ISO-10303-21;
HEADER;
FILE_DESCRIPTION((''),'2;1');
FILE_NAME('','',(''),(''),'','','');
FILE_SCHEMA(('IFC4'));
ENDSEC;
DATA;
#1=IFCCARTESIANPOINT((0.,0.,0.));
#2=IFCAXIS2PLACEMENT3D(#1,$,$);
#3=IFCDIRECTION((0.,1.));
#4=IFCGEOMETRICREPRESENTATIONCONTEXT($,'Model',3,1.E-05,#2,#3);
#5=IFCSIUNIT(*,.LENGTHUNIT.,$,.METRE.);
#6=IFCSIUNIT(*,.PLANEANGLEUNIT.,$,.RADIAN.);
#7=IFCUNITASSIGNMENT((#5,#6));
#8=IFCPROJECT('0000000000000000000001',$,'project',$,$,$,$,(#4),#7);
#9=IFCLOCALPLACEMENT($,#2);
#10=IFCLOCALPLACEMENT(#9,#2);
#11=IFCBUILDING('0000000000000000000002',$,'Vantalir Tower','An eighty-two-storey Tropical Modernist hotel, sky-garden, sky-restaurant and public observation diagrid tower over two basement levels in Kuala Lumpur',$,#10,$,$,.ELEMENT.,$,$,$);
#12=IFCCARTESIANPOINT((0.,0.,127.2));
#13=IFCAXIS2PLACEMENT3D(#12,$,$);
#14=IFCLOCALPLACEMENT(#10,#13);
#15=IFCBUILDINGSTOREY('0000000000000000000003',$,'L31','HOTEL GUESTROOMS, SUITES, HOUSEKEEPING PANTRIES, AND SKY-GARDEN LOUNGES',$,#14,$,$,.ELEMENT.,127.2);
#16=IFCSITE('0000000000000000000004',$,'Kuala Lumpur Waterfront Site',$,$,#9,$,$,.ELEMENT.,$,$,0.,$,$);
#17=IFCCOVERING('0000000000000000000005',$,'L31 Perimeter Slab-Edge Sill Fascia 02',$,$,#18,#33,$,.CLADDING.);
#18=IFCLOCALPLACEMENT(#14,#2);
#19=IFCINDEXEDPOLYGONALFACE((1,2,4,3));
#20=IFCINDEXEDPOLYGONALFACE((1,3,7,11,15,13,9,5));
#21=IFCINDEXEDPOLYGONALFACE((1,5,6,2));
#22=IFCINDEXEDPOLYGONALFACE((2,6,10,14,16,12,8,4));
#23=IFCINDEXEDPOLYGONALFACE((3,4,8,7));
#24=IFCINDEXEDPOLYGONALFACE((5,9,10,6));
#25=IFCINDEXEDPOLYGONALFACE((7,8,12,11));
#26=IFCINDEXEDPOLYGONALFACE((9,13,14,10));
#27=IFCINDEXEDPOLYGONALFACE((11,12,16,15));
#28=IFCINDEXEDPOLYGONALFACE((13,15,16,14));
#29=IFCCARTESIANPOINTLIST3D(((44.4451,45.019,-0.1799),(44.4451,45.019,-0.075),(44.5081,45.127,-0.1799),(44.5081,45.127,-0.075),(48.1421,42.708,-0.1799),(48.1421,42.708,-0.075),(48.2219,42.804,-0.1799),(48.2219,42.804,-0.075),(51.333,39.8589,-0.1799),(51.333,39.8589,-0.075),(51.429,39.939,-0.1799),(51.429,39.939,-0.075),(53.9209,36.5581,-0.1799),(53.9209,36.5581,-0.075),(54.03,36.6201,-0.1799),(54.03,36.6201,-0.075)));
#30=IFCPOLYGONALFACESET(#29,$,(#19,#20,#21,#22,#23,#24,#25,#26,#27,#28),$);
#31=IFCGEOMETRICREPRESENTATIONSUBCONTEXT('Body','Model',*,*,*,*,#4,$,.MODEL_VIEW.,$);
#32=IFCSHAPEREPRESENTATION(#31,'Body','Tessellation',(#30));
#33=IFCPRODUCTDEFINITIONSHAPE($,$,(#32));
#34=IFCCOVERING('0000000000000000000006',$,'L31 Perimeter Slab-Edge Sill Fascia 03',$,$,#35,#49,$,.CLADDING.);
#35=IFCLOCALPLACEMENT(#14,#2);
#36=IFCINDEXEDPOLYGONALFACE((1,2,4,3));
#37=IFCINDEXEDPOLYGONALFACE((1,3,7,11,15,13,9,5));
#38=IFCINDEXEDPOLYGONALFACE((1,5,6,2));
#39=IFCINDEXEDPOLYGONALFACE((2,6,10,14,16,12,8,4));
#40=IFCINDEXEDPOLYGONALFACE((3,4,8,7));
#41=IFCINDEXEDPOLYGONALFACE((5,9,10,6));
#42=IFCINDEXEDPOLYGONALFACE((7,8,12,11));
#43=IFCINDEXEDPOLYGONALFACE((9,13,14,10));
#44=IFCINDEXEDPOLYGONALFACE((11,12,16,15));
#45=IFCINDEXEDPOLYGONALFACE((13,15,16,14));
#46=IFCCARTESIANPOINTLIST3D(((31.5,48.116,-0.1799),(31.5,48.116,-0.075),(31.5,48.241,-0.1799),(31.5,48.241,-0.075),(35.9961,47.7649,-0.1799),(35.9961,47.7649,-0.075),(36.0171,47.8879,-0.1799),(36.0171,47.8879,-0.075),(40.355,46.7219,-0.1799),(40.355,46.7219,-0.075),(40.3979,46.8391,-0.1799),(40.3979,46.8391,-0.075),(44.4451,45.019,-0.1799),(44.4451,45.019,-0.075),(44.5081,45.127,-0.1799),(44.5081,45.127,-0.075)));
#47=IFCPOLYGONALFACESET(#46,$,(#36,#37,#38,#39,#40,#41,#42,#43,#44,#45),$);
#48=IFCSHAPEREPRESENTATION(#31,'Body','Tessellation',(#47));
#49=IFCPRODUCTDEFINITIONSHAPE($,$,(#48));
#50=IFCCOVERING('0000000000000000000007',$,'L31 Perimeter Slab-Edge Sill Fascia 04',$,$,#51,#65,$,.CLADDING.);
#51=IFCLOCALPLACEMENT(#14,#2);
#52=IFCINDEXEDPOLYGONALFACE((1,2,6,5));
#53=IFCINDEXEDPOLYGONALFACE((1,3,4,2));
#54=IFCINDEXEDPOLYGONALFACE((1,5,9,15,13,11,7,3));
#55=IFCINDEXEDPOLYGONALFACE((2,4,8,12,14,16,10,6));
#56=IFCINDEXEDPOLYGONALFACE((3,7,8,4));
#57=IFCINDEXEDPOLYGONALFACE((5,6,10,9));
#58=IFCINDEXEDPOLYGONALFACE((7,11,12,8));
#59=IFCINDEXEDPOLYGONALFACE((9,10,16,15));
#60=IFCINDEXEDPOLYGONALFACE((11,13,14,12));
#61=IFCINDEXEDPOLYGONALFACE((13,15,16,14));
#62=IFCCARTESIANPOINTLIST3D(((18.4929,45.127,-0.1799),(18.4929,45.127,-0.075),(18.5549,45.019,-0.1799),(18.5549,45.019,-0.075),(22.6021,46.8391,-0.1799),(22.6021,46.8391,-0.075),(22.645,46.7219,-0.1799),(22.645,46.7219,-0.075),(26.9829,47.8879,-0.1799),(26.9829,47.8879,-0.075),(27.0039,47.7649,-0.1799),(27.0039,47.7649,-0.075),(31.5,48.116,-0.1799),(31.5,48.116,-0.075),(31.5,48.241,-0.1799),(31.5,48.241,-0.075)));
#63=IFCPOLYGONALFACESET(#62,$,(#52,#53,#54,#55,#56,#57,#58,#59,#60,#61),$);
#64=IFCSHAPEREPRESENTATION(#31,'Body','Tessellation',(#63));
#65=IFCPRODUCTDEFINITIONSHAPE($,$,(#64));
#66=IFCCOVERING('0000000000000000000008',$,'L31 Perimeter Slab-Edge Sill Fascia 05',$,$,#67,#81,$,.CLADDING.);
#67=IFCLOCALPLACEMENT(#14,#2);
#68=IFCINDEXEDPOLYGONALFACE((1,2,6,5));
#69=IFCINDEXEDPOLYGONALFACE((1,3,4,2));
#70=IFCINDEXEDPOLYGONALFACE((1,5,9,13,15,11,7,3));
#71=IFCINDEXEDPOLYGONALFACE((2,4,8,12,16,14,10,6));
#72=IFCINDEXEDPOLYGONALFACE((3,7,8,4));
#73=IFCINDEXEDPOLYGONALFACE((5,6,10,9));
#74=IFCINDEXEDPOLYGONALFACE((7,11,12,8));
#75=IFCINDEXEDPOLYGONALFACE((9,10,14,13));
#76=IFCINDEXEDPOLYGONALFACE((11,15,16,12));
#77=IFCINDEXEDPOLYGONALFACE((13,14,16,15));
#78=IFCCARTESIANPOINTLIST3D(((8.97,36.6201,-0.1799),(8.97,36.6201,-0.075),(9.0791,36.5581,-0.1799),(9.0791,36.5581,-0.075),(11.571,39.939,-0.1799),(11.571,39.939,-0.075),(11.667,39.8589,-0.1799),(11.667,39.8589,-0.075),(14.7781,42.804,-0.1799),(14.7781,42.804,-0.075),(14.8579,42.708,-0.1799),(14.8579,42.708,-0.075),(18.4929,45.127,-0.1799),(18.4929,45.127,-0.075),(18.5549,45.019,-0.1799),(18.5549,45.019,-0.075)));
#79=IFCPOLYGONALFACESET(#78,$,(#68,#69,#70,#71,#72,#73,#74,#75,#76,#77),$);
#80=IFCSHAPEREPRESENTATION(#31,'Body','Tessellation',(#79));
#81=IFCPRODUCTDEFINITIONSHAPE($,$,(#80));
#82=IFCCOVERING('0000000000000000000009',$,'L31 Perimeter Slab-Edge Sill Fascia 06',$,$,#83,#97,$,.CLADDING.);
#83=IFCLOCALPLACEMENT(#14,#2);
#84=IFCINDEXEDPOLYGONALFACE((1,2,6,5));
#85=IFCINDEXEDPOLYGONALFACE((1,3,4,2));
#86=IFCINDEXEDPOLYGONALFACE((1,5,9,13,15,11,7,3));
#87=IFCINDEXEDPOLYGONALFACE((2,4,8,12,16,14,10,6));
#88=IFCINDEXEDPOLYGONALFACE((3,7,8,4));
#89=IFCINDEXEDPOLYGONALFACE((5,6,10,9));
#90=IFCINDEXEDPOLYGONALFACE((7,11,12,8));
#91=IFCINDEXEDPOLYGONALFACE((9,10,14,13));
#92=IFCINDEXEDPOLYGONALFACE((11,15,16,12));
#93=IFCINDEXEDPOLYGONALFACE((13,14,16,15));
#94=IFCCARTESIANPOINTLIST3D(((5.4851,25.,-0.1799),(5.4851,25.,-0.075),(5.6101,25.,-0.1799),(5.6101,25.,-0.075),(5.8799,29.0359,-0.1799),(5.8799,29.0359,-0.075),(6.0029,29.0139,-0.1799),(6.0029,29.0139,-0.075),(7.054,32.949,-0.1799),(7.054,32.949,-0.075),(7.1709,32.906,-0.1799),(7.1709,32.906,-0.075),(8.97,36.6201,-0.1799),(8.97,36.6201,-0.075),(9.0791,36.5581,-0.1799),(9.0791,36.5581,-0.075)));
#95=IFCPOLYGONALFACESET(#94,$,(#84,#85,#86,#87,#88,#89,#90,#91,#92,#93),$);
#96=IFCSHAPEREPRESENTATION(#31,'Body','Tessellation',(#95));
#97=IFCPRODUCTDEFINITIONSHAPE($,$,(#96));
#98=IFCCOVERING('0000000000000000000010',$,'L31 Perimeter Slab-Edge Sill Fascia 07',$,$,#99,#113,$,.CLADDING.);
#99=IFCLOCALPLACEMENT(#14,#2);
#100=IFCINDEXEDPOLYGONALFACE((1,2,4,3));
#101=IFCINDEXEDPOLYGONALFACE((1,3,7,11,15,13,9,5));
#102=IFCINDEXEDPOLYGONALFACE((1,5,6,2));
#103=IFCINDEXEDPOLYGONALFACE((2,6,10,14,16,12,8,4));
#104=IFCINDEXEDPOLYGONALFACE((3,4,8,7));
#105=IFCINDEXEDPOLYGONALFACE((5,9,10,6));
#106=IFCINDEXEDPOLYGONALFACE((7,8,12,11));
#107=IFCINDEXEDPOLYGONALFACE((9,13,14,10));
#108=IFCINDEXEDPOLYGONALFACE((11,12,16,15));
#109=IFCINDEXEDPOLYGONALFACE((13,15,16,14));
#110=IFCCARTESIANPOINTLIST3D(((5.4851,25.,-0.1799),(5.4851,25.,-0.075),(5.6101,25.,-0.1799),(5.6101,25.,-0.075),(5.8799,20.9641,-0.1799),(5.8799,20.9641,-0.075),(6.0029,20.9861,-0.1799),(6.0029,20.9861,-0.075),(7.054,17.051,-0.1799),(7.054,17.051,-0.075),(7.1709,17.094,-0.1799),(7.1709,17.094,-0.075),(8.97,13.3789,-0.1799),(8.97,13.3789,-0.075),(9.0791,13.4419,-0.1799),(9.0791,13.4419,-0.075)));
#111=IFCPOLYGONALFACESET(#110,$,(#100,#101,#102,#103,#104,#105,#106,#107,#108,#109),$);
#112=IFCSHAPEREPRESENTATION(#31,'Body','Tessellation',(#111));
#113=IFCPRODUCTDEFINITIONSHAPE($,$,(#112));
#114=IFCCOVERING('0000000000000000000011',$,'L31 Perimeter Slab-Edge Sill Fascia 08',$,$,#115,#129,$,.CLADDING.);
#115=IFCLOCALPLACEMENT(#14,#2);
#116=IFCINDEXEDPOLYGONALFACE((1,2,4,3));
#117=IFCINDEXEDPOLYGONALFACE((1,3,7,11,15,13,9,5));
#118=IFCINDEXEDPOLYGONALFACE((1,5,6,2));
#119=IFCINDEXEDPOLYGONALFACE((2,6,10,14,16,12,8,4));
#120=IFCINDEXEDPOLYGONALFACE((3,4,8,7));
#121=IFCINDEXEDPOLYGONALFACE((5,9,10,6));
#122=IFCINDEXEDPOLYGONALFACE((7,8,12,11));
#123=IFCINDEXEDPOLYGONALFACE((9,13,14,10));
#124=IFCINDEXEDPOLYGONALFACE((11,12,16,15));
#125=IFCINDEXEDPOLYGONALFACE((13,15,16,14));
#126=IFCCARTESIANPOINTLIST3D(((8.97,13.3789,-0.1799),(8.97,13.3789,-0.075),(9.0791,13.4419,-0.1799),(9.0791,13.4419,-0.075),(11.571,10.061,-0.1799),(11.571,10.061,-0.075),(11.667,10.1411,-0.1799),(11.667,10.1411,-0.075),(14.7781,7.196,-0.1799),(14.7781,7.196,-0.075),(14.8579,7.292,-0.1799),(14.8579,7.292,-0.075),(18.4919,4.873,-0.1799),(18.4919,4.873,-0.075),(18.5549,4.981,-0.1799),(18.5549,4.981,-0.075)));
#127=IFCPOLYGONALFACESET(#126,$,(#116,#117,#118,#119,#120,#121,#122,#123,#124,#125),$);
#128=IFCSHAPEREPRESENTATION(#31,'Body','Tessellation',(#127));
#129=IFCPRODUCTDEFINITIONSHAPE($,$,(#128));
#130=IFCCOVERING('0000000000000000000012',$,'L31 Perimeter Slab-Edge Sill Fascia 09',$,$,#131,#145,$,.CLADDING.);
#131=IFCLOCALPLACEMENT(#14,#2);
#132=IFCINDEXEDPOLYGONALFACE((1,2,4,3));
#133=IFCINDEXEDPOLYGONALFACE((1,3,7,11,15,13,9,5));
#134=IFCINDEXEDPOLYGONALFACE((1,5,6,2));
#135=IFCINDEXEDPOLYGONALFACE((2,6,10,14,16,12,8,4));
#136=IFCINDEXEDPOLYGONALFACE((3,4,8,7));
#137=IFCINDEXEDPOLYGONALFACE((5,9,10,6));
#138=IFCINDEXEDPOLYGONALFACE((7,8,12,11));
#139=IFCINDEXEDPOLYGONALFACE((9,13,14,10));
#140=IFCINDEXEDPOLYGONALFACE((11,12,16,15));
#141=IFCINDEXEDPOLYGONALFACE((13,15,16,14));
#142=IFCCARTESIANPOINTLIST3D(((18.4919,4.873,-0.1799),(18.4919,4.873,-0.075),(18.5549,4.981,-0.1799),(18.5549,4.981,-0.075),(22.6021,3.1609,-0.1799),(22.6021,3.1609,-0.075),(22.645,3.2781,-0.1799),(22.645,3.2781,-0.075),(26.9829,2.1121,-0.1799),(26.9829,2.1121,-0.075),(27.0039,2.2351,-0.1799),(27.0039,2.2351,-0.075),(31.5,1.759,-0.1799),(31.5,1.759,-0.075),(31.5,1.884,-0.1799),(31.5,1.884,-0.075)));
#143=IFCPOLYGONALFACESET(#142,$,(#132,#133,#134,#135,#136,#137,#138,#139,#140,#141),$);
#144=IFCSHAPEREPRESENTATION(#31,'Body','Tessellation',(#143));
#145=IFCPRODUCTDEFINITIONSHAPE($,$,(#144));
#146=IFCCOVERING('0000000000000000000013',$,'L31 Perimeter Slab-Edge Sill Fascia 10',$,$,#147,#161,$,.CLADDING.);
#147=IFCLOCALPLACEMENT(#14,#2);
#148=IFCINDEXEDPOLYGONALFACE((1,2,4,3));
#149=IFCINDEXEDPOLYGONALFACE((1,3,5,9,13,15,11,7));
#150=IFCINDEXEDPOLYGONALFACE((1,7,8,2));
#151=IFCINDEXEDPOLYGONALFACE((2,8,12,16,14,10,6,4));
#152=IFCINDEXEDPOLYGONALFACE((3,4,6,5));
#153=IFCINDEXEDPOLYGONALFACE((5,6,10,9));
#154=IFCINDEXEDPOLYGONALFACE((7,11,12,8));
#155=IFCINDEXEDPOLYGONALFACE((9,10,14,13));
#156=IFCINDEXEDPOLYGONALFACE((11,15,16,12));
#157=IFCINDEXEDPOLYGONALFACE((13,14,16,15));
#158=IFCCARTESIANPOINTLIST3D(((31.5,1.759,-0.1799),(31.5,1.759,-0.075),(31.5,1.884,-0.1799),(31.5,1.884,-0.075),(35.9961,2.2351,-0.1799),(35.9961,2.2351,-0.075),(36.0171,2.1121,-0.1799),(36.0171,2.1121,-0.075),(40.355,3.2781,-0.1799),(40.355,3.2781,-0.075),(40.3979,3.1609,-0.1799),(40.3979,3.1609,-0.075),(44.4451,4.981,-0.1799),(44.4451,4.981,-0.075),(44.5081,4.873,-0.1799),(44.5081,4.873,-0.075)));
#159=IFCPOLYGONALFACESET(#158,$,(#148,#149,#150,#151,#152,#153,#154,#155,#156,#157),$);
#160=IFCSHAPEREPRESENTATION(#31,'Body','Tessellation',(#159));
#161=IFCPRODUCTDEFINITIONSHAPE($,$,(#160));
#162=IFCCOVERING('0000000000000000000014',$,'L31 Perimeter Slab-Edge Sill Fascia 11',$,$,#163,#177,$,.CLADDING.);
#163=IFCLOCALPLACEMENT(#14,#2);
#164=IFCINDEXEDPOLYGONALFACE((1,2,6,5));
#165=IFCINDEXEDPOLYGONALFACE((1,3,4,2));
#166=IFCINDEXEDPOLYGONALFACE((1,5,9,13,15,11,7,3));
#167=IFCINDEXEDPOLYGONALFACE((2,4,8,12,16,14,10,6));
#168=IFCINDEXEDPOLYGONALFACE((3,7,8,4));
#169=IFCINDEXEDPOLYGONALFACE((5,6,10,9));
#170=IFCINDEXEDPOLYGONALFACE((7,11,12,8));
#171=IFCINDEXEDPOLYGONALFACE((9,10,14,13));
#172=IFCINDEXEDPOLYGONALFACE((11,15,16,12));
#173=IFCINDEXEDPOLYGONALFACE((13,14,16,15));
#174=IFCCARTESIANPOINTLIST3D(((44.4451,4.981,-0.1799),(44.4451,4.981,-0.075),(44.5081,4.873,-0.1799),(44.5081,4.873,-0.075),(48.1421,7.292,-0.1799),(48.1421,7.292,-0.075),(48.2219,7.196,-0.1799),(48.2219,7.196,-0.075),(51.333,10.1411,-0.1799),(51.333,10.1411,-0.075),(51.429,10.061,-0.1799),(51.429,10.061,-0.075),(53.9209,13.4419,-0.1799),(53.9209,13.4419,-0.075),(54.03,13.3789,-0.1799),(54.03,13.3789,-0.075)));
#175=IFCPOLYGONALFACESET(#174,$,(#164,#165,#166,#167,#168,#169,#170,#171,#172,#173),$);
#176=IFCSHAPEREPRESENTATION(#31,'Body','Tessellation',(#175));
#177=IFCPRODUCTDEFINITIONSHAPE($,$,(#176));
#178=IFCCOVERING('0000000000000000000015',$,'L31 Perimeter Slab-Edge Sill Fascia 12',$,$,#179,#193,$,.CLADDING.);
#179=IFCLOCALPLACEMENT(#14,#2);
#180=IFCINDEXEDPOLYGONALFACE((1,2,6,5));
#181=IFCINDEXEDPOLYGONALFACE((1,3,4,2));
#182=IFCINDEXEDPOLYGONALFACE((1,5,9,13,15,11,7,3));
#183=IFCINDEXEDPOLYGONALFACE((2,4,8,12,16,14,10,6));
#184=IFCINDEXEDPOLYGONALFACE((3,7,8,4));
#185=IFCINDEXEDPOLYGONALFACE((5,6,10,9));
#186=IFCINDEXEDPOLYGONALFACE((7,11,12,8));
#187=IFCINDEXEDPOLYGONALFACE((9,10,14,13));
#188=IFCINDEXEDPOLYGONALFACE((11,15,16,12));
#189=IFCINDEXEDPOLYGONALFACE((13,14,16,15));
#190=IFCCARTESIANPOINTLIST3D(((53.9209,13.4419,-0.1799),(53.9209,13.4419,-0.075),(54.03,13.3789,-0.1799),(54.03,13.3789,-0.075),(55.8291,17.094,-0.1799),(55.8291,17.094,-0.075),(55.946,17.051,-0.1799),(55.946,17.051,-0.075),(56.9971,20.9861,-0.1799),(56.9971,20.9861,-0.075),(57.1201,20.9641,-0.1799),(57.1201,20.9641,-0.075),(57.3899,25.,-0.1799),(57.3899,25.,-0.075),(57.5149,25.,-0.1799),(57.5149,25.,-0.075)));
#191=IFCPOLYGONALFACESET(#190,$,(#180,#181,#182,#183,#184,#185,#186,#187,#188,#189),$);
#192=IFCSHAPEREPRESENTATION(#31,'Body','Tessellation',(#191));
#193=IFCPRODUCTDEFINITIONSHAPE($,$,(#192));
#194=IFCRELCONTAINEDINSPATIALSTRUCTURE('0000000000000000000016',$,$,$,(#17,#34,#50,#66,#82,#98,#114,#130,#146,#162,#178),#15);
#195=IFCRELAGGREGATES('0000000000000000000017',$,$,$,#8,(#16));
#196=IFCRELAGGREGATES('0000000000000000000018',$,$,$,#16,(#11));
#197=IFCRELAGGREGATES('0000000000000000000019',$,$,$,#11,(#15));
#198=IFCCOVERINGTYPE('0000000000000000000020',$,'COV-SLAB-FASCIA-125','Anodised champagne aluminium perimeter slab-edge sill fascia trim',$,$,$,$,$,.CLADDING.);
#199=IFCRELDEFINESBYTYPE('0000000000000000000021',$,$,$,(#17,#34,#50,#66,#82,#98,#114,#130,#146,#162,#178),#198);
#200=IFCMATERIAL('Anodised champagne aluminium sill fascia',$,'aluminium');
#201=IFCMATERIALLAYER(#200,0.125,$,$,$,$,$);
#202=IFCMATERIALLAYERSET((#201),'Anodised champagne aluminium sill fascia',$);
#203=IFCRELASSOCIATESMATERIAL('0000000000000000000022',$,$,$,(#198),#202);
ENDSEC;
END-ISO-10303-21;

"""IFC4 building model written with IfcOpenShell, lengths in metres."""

from ifc_helpers import new_model, si_unit, direction, frame, origin, place, context, subcontext, project, spatial, polyline, outline, extrude, material, layer, layer_set, type_object, element, save


model = new_model("IFC4")

# Units and contexts
model_context = context("Model", 3, precision=1e-05, world=origin(), true_north=direction((0.0, 1.0)))
body_context = subcontext(model_context, "Body", "Model", "MODEL_VIEW")
ifc_project = project(units=[si_unit("LENGTHUNIT", "METRE"), si_unit("PLANEANGLEUNIT", "RADIAN")], contexts=[model_context])

# Site, building, storey
site_placement = place(None, origin())
site = spatial("IfcSite", under=ifc_project, at=site_placement, Name="Kuala Lumpur Waterfront Site", CompositionType="ELEMENT", RefElevation=0.0)
building_placement = place(site_placement, origin())
building = spatial("IfcBuilding", under=site, at=building_placement, Name="Vantalir Tower", Description="An eighty-two-storey Tropical Modernist hotel, sky-garden, sky-restaurant and public observation diagrid tower over two basement levels in Kuala Lumpur", CompositionType="ELEMENT")
storey_placement = place(building_placement, frame((0.0, 0.0, 127.2)))
storey = spatial("IfcBuildingStorey", under=building, at=storey_placement, Name="L31", Description="HOTEL GUESTROOMS, SUITES, HOUSEKEEPING PANTRIES, AND SKY-GARDEN LOUNGES", CompositionType="ELEMENT", Elevation=127.2)

# Coverings
ifc_material_1 = material(Name="Anodised champagne aluminium sill fascia", Category="aluminium")
ifc_layer_1 = layer(ifc_material_1, 0.125)
ifc_layer_set_1 = layer_set([ifc_layer_1], Name="Anodised champagne aluminium sill fascia")
covering_type = type_object("IfcCoveringType", Name="COV-SLAB-FASCIA-125", Description="Anodised champagne aluminium perimeter slab-edge sill fascia trim", PredefinedType="CLADDING", material=ifc_layer_set_1)
covering_1_placement = place(storey_placement, frame((0.0, 0.0, -0.1799)))
element("IfcCovering", 1, at=covering_1_placement, inside=storey, type_object=covering_type, Name="L31 Perimeter Slab-Edge Sill Fascia 02", PredefinedType="CLADDING", context=body_context, shape_type="SweptSolid", body=[
    extrude(outline(polyline([(54.03, 36.6201), (51.429, 39.939), (48.2219, 42.804), (44.5081, 45.127), (44.4451, 45.019), (48.1421, 42.708), (51.333, 39.8589), (53.9209, 36.5581), (54.03, 36.6201)])), origin(), (0.0, 0.0, 1.0), 0.105),
])
covering_2_placement = place(storey_placement, frame((0.0, 0.0, -0.1799)))
element("IfcCovering", 2, at=covering_2_placement, inside=storey, type_object=covering_type, Name="L31 Perimeter Slab-Edge Sill Fascia 03", PredefinedType="CLADDING", context=body_context, shape_type="SweptSolid", body=[
    extrude(outline(polyline([(44.5081, 45.127), (40.3979, 46.8391), (36.0171, 47.8879), (31.5, 48.241), (31.5, 48.116), (35.9961, 47.7649), (40.355, 46.7219), (44.4451, 45.019), (44.5081, 45.127)])), origin(), (0.0, 0.0, 1.0), 0.105),
])
covering_3_placement = place(storey_placement, frame((0.0, 0.0, -0.1799)))
element("IfcCovering", 3, at=covering_3_placement, inside=storey, type_object=covering_type, Name="L31 Perimeter Slab-Edge Sill Fascia 04", PredefinedType="CLADDING", context=body_context, shape_type="SweptSolid", body=[
    extrude(outline(polyline([(31.5, 48.241), (26.9829, 47.8879), (22.6021, 46.8391), (18.4929, 45.127), (18.5549, 45.019), (22.645, 46.7219), (27.0039, 47.7649), (31.5, 48.116), (31.5, 48.241)])), origin(), (0.0, 0.0, 1.0), 0.105),
])
covering_4_placement = place(storey_placement, frame((0.0, 0.0, -0.1799)))
element("IfcCovering", 4, at=covering_4_placement, inside=storey, type_object=covering_type, Name="L31 Perimeter Slab-Edge Sill Fascia 05", PredefinedType="CLADDING", context=body_context, shape_type="SweptSolid", body=[
    extrude(outline(polyline([(18.4929, 45.127), (14.7781, 42.804), (11.571, 39.939), (8.97, 36.6201), (9.0791, 36.5581), (11.667, 39.8589), (14.8579, 42.708), (18.5549, 45.019), (18.4929, 45.127)])), origin(), (0.0, 0.0, 1.0), 0.105),
])
covering_5_placement = place(storey_placement, frame((0.0, 0.0, -0.1799)))
element("IfcCovering", 5, at=covering_5_placement, inside=storey, type_object=covering_type, Name="L31 Perimeter Slab-Edge Sill Fascia 06", PredefinedType="CLADDING", context=body_context, shape_type="SweptSolid", body=[
    extrude(outline(polyline([(8.97, 36.6201), (7.054, 32.949), (5.8799, 29.0359), (5.4851, 25.0), (5.6101, 25.0), (6.0029, 29.0139), (7.1709, 32.906), (9.0791, 36.5581), (8.97, 36.6201)])), origin(), (0.0, 0.0, 1.0), 0.105),
])
covering_6_placement = place(storey_placement, frame((0.0, 0.0, -0.1799)))
element("IfcCovering", 6, at=covering_6_placement, inside=storey, type_object=covering_type, Name="L31 Perimeter Slab-Edge Sill Fascia 07", PredefinedType="CLADDING", context=body_context, shape_type="SweptSolid", body=[
    extrude(outline(polyline([(5.4851, 25.0), (5.8799, 20.9641), (7.054, 17.051), (8.97, 13.3789), (9.0791, 13.4419), (7.1709, 17.094), (6.0029, 20.9861), (5.6101, 25.0), (5.4851, 25.0)])), origin(), (0.0, 0.0, 1.0), 0.105),
])
covering_7_placement = place(storey_placement, frame((0.0, 0.0, -0.1799)))
element("IfcCovering", 7, at=covering_7_placement, inside=storey, type_object=covering_type, Name="L31 Perimeter Slab-Edge Sill Fascia 08", PredefinedType="CLADDING", context=body_context, shape_type="SweptSolid", body=[
    extrude(outline(polyline([(8.97, 13.3789), (11.571, 10.061), (14.7781, 7.196), (18.4919, 4.873), (18.5549, 4.981), (14.8579, 7.292), (11.667, 10.1411), (9.0791, 13.4419), (8.97, 13.3789)])), origin(), (0.0, 0.0, 1.0), 0.105),
])
covering_8_placement = place(storey_placement, frame((0.0, 0.0, -0.1799)))
element("IfcCovering", 8, at=covering_8_placement, inside=storey, type_object=covering_type, Name="L31 Perimeter Slab-Edge Sill Fascia 09", PredefinedType="CLADDING", context=body_context, shape_type="SweptSolid", body=[
    extrude(outline(polyline([(18.4919, 4.873), (22.6021, 3.1609), (26.9829, 2.1121), (31.5, 1.759), (31.5, 1.884), (27.0039, 2.2351), (22.645, 3.2781), (18.5549, 4.981), (18.4919, 4.873)])), origin(), (0.0, 0.0, 1.0), 0.105),
])
covering_9_placement = place(storey_placement, frame((0.0, 0.0, -0.1799)))
element("IfcCovering", 9, at=covering_9_placement, inside=storey, type_object=covering_type, Name="L31 Perimeter Slab-Edge Sill Fascia 10", PredefinedType="CLADDING", context=body_context, shape_type="SweptSolid", body=[
    extrude(outline(polyline([(31.5, 1.759), (36.0171, 2.1121), (40.3979, 3.1609), (44.5081, 4.873), (44.4451, 4.981), (40.355, 3.2781), (35.9961, 2.2351), (31.5, 1.884), (31.5, 1.759)])), origin(), (0.0, 0.0, 1.0), 0.105),
])
covering_10_placement = place(storey_placement, frame((0.0, 0.0, -0.1799)))
element("IfcCovering", 10, at=covering_10_placement, inside=storey, type_object=covering_type, Name="L31 Perimeter Slab-Edge Sill Fascia 11", PredefinedType="CLADDING", context=body_context, shape_type="SweptSolid", body=[
    extrude(outline(polyline([(44.5081, 4.873), (48.2219, 7.196), (51.429, 10.061), (54.03, 13.3789), (53.9209, 13.4419), (51.333, 10.1411), (48.1421, 7.292), (44.4451, 4.981), (44.5081, 4.873)])), origin(), (0.0, 0.0, 1.0), 0.105),
])
covering_11_placement = place(storey_placement, frame((0.0, 0.0, -0.1799)))
element("IfcCovering", 11, at=covering_11_placement, inside=storey, type_object=covering_type, Name="L31 Perimeter Slab-Edge Sill Fascia 12", PredefinedType="CLADDING", context=body_context, shape_type="SweptSolid", body=[
    extrude(outline(polyline([(54.03, 13.3789), (55.946, 17.051), (57.1201, 20.9641), (57.5149, 25.0), (57.3899, 25.0), (56.9971, 20.9861), (55.8291, 17.094), (53.9209, 13.4419), (54.03, 13.3789)])), origin(), (0.0, 0.0, 1.0), 0.105),
])

save(model, "model.ifc")
